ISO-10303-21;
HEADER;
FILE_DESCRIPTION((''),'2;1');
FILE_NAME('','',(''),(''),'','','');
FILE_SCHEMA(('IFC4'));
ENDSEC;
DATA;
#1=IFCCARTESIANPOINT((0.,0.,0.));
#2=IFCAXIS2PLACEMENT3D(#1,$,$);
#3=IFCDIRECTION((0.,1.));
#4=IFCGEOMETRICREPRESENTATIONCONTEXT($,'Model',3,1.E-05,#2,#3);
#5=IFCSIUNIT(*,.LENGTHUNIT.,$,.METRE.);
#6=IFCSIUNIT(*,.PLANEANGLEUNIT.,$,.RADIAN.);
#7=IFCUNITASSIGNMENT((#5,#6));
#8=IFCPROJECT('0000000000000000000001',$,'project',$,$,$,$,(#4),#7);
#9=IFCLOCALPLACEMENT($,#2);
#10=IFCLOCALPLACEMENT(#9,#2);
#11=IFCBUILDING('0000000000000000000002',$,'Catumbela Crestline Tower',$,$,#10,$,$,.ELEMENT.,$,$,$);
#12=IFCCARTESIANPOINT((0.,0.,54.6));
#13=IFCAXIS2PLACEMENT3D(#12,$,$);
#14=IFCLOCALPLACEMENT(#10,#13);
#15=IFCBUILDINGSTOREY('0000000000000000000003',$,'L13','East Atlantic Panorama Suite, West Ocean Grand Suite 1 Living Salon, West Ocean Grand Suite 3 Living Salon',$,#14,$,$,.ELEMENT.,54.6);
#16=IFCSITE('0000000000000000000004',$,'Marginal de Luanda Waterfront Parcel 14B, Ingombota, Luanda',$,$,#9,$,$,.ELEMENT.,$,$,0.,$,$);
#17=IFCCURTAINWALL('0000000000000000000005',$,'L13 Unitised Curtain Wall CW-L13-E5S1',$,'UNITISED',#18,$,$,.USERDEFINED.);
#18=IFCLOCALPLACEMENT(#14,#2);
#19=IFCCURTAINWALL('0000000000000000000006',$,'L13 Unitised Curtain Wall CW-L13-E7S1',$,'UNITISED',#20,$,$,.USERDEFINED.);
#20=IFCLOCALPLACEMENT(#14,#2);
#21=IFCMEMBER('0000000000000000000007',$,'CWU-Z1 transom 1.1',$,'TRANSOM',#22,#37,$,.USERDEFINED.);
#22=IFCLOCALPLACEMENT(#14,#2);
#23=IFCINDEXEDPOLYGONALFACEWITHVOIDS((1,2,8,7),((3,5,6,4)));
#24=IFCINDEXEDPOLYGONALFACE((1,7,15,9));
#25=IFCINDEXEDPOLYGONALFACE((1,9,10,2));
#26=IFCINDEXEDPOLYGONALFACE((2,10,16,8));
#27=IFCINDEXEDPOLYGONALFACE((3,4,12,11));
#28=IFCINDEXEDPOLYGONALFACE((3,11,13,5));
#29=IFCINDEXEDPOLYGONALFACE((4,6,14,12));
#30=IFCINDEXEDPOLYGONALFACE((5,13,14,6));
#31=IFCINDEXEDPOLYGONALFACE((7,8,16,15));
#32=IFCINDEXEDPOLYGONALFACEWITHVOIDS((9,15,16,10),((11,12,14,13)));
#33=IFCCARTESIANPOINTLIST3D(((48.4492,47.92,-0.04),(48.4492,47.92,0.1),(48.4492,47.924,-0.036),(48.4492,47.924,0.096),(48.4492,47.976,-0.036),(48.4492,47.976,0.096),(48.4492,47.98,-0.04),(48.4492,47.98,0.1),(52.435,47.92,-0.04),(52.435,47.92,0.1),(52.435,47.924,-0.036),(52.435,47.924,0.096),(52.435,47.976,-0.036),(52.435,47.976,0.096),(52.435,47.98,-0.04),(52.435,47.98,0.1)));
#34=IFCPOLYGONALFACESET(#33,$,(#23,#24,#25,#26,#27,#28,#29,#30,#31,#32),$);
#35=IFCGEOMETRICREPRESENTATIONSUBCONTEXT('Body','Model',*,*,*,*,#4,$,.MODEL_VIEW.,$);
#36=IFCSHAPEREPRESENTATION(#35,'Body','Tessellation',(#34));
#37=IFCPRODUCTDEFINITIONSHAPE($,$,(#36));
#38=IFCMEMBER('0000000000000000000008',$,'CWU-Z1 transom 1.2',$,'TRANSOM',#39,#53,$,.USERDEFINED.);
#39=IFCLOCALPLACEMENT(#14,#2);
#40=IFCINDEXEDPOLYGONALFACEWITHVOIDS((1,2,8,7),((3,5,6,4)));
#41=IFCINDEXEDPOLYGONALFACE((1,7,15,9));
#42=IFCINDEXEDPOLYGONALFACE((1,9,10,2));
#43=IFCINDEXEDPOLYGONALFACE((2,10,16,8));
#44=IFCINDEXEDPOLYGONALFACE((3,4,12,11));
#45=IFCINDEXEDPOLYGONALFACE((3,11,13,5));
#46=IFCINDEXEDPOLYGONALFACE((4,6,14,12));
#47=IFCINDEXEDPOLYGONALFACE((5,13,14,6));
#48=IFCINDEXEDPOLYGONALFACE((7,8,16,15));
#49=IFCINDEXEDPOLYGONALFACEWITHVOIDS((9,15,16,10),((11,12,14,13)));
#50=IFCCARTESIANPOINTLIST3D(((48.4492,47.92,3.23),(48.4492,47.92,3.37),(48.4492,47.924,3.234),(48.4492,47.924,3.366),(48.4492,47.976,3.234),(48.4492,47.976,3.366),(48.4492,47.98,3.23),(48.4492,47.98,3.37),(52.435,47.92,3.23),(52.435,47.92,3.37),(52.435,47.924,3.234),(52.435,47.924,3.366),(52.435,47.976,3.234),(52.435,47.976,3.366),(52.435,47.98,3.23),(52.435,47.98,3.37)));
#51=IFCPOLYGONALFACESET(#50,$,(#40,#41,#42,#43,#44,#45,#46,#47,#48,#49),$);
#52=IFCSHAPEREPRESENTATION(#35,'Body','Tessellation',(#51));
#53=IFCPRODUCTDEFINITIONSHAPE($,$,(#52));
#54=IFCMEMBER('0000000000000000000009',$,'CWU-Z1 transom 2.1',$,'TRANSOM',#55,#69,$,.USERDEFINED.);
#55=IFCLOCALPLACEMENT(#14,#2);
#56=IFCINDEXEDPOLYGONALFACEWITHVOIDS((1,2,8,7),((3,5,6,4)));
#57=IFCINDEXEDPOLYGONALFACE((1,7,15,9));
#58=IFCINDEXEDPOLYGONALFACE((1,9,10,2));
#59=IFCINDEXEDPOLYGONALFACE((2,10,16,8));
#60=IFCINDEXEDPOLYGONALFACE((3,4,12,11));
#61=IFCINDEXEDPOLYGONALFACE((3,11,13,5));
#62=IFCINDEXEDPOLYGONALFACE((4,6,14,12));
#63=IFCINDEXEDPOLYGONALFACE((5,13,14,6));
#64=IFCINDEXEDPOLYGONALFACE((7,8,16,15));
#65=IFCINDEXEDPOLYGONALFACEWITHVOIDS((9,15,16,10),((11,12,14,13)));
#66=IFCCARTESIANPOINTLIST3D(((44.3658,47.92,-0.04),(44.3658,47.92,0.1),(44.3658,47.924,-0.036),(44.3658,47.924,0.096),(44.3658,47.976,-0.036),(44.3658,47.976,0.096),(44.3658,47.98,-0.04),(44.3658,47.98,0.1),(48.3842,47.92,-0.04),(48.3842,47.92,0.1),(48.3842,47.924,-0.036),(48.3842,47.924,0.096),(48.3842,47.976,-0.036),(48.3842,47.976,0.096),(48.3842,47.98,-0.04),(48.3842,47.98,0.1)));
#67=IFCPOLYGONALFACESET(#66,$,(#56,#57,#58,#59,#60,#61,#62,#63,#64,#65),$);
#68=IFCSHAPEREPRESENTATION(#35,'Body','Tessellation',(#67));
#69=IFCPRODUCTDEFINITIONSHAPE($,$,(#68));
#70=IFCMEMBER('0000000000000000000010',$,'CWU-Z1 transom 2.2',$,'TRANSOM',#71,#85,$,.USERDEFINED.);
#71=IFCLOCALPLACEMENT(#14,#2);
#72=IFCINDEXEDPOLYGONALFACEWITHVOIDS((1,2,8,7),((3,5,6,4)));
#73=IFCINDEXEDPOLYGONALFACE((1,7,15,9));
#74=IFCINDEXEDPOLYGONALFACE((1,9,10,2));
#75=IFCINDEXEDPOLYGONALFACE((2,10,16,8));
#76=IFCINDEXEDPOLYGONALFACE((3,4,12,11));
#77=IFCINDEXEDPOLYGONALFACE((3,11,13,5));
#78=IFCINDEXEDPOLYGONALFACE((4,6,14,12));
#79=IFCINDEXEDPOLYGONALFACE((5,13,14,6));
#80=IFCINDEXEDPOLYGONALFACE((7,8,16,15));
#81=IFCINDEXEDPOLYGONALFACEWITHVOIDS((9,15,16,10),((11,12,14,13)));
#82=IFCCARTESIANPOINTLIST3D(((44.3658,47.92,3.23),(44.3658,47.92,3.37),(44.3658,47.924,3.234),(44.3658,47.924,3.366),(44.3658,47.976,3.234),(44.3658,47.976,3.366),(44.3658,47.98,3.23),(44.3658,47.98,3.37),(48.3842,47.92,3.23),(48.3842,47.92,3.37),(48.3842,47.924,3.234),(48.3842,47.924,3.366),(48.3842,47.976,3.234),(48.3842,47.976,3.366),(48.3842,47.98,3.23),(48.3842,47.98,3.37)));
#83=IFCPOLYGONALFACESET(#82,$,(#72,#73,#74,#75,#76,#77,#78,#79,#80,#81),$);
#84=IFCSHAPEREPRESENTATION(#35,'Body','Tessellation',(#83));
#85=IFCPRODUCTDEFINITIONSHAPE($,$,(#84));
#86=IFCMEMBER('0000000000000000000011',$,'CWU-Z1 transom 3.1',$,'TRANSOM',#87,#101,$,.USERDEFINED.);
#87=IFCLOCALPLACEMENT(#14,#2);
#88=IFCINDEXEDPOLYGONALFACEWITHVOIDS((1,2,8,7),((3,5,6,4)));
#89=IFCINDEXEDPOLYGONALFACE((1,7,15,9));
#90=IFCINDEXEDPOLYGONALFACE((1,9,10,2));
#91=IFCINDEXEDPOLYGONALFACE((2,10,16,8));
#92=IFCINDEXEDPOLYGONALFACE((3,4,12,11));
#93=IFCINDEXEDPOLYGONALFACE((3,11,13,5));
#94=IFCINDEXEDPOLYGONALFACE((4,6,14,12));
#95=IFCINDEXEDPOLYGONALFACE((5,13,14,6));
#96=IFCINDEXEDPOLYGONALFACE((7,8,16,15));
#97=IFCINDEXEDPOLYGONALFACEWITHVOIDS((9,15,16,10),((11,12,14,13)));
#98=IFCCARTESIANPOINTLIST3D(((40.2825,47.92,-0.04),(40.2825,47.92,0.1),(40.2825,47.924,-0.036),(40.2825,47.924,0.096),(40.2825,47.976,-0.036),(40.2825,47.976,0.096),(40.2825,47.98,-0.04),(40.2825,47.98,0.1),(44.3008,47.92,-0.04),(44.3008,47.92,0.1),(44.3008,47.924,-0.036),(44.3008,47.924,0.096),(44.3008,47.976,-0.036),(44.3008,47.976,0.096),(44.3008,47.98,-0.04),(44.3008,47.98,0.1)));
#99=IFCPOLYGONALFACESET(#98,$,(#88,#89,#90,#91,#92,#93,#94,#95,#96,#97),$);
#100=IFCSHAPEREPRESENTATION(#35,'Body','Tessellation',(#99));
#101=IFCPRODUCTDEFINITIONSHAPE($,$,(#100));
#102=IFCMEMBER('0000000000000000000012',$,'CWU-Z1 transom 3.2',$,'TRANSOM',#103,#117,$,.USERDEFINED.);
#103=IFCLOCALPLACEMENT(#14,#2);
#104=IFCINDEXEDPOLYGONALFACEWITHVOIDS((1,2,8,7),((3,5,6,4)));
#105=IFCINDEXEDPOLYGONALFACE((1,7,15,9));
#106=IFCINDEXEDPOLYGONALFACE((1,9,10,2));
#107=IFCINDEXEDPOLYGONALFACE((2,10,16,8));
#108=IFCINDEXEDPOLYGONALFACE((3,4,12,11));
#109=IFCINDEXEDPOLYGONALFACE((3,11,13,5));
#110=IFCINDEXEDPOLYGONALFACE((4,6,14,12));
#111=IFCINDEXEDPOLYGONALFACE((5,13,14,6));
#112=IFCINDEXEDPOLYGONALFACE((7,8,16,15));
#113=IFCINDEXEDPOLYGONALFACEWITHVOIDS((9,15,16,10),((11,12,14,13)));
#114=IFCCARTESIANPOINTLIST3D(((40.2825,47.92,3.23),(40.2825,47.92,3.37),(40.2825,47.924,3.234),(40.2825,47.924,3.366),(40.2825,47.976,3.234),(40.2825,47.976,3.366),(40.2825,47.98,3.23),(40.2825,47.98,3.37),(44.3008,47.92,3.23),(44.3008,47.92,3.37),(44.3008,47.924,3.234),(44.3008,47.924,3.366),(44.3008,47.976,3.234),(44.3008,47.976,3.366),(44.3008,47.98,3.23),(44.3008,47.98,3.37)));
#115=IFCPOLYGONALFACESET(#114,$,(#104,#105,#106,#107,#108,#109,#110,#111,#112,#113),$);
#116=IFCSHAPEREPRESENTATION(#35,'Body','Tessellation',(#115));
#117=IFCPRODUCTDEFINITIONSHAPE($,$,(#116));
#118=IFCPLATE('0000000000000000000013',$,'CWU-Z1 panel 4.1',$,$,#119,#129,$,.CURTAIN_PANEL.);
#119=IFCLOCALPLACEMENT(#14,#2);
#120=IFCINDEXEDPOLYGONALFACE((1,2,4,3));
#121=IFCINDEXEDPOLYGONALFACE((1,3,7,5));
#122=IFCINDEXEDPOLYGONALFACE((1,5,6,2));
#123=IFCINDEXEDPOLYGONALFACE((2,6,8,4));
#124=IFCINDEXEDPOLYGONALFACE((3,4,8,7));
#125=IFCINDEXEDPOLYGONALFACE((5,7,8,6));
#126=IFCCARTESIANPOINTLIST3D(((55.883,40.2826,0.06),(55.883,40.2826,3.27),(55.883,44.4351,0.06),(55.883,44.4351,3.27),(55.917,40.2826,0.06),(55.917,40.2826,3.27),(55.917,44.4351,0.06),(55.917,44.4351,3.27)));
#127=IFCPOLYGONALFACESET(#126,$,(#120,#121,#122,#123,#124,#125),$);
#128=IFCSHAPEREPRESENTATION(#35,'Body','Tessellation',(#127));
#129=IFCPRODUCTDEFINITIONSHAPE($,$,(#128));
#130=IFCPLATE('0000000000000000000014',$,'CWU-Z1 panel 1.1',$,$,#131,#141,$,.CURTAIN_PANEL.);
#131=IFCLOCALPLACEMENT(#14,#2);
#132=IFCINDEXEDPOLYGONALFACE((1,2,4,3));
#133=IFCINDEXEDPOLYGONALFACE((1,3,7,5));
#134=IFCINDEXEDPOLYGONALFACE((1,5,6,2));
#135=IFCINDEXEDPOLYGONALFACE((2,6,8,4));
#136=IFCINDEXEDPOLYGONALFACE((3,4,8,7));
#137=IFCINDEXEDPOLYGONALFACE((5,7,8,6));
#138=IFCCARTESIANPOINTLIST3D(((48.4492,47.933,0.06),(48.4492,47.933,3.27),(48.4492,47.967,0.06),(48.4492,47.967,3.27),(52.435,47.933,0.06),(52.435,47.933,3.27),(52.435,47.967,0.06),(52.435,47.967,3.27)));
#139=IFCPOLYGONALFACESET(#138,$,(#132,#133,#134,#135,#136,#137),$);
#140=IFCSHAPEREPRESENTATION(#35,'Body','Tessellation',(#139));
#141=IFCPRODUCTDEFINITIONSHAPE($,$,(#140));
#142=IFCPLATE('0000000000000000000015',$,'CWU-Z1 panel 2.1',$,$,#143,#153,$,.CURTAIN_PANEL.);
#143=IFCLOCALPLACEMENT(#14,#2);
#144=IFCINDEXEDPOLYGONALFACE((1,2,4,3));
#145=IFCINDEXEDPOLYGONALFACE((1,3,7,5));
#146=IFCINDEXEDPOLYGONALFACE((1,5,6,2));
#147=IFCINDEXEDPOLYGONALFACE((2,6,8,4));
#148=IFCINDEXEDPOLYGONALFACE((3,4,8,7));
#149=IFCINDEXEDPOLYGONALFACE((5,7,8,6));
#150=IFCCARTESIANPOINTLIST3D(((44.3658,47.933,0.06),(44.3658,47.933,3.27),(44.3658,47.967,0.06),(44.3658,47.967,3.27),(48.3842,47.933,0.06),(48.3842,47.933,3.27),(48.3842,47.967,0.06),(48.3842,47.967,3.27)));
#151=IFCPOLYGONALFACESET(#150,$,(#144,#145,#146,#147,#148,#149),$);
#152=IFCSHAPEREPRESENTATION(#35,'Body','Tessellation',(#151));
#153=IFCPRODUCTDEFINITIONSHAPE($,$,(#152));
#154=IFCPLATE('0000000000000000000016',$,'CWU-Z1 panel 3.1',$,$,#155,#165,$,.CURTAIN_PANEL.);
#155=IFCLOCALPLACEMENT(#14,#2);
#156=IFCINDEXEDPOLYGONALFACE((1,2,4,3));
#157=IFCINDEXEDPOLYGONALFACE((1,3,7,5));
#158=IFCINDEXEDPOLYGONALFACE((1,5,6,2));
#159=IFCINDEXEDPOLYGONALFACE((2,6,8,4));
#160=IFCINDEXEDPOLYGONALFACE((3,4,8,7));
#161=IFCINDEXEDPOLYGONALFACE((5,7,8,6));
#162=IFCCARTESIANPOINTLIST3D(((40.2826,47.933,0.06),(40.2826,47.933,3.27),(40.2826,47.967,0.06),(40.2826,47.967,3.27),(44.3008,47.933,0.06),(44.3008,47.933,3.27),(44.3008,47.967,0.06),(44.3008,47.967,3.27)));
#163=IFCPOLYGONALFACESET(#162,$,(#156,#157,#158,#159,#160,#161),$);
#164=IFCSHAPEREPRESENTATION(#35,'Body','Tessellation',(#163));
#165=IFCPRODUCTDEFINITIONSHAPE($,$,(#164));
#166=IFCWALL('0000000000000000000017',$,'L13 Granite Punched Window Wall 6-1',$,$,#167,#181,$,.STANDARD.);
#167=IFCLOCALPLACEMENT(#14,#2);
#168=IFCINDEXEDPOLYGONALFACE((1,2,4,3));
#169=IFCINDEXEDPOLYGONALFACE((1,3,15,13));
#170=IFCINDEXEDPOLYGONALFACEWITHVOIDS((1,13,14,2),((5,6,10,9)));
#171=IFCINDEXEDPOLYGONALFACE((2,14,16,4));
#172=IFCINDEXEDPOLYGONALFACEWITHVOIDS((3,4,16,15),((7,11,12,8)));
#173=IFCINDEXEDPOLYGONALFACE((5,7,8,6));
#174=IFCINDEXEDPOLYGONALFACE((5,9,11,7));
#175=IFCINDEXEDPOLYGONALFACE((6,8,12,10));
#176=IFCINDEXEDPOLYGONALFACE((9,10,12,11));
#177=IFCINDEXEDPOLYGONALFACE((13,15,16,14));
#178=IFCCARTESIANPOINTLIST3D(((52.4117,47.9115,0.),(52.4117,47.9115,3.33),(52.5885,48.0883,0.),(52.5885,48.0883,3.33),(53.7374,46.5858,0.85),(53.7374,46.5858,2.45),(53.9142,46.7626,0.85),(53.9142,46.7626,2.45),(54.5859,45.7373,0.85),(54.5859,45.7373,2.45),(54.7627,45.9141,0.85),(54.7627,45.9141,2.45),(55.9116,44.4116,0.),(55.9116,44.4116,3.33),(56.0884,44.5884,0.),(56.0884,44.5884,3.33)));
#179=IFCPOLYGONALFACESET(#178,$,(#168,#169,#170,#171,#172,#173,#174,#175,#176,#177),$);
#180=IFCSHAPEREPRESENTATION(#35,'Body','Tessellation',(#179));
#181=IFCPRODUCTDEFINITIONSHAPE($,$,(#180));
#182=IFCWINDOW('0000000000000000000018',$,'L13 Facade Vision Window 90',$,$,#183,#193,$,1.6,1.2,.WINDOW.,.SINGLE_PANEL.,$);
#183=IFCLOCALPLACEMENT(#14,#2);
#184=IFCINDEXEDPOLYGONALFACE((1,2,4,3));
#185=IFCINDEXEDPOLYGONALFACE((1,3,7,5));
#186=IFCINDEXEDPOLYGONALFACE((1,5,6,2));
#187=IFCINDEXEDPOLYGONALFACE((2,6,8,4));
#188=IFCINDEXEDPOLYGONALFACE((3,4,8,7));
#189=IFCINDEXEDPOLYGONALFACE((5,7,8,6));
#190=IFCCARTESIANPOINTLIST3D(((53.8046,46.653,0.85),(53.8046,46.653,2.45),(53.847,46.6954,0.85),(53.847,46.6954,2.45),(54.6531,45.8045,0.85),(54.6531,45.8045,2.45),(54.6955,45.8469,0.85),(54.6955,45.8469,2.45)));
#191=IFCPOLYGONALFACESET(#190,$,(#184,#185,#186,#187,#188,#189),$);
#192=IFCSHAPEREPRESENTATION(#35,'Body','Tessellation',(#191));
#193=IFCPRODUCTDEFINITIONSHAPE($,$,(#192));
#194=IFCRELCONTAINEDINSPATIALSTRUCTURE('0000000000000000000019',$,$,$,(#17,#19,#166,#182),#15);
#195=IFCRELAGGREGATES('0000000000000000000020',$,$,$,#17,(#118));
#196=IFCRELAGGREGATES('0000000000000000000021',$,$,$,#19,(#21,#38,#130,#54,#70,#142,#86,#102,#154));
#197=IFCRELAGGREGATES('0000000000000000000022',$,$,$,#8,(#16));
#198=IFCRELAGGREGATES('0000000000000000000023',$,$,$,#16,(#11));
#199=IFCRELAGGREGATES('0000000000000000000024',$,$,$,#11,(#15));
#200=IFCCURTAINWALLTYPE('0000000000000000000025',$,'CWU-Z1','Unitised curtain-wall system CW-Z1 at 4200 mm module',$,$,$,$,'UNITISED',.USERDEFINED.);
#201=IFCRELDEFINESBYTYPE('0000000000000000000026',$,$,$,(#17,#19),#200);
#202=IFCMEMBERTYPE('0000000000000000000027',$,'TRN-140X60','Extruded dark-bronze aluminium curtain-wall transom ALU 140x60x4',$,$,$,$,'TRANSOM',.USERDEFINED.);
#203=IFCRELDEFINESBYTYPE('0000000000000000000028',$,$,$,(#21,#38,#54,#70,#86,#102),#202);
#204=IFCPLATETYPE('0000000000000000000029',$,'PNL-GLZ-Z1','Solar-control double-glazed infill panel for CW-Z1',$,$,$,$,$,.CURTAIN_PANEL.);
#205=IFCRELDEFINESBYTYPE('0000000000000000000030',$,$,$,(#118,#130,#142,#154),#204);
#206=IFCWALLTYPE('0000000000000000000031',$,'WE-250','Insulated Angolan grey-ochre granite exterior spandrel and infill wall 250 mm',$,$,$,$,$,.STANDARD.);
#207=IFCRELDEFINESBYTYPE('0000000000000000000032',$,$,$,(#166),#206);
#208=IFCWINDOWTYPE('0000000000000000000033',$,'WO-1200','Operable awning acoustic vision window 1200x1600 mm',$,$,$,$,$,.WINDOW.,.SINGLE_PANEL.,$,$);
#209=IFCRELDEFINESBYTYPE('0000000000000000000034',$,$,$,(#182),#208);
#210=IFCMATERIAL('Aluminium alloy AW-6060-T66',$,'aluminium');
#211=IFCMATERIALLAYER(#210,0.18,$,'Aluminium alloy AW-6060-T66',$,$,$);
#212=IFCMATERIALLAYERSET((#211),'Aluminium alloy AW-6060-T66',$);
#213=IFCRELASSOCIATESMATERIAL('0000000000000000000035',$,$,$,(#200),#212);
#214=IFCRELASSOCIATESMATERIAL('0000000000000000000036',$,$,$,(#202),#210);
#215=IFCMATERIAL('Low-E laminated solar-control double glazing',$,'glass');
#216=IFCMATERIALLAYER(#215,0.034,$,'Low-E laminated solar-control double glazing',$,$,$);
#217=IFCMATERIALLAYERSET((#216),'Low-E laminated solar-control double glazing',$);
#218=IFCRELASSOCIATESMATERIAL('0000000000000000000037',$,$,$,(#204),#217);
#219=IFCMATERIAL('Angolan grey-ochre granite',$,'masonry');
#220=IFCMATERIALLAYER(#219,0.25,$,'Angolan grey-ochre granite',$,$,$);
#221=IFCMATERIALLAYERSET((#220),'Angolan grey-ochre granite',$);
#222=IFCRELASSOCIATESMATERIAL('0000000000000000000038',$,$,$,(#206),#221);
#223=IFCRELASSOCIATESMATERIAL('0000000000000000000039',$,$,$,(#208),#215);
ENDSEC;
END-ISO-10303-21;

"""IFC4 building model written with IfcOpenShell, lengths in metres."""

from ifc_helpers import new_model, si_unit, direction, frame, frame_2d, origin, origin_2d, place, context, subcontext, project, spatial, rectangle, hollow_rectangle, extrude, material, layer, layer_set, material_profile, profile_set, type_object, element, fill, aggregate, save


model = new_model("IFC4")

# Units and contexts
model_context = context("Model", 3, precision=1e-05, world=origin(), true_north=direction((0.0, 1.0)))
body_context = subcontext(model_context, "Body", "Model", "MODEL_VIEW")
ifc_project = project(units=[si_unit("LENGTHUNIT", "METRE"), si_unit("PLANEANGLEUNIT", "RADIAN")], contexts=[model_context])

# Site, building, storey
site_placement = place(None, origin())
site = spatial("IfcSite", under=ifc_project, at=site_placement, Name="Marginal de Luanda Waterfront Parcel 14B, Ingombota, Luanda", CompositionType="ELEMENT", RefElevation=0.0)
building_placement = place(site_placement, origin())
building = spatial("IfcBuilding", under=site, at=building_placement, Name="Catumbela Crestline Tower", CompositionType="ELEMENT")
storey_placement = place(building_placement, frame((0.0, 0.0, 54.6)))
storey = spatial("IfcBuildingStorey", under=building, at=storey_placement, Name="L13", Description="East Atlantic Panorama Suite, West Ocean Grand Suite 1 Living Salon, West Ocean Grand Suite 3 Living Salon", CompositionType="ELEMENT", Elevation=54.6)

# Curtain walls
ifc_material_1 = material(Name="Aluminium alloy AW-6060-T66", Category="aluminium")
ifc_layer_1 = layer(ifc_material_1, 0.18, Name="Aluminium alloy AW-6060-T66")
ifc_layer_set_1 = layer_set([ifc_layer_1], Name="Aluminium alloy AW-6060-T66")
curtain_wall_type = type_object("IfcCurtainWallType", Name="CWU-Z1", Description="Unitised curtain-wall system CW-Z1 at 4200 mm module", ElementType="UNITISED", PredefinedType="USERDEFINED", material=ifc_layer_set_1)
curtain_wall_1_placement = place(storey_placement, origin())
curtain_wall_1 = element("IfcCurtainWall", 1, at=curtain_wall_1_placement, inside=storey, type_object=curtain_wall_type, Name="L13 Unitised Curtain Wall CW-L13-E5S1", ObjectType="UNITISED", PredefinedType="USERDEFINED")
curtain_wall_2_placement = place(storey_placement, origin())
curtain_wall_2 = element("IfcCurtainWall", 2, at=curtain_wall_2_placement, inside=storey, type_object=curtain_wall_type, Name="L13 Unitised Curtain Wall CW-L13-E7S1", ObjectType="UNITISED", PredefinedType="USERDEFINED")

# Members
ifc_material_profile_1 = material_profile(ifc_material_1, hollow_rectangle(XDim=0.06, YDim=0.14, WallThickness=0.004, at=origin_2d()), Name="ALU 140x60x4")
ifc_profile_set_1 = profile_set([ifc_material_profile_1], Name="Aluminium alloy AW-6060-T66")
member_type_1 = type_object("IfcMemberType", Name="TRN-140X60", Description="Extruded dark-bronze aluminium curtain-wall transom ALU 140x60x4", ElementType="TRANSOM", PredefinedType="USERDEFINED", material=ifc_profile_set_1)
member_1_placement = place(storey_placement, frame((52.435, 47.95, 0.03), z_axis=(-1.0, 0.0, 0.0), x_axis=(0.0, -1.0, 0.0)))
member_1 = element("IfcMember", 3, at=member_1_placement, type_object=member_type_1, Name="CWU-Z1 transom 1.1", ObjectType="TRANSOM", PredefinedType="USERDEFINED", context=body_context, shape_type="SweptSolid", body=[
    extrude(hollow_rectangle(XDim=0.06, YDim=0.14, WallThickness=0.004, at=origin_2d()), origin(), (0.0, 0.0, 1.0), 3.9858),
])
member_2_placement = place(storey_placement, frame((52.435, 47.95, 3.3), z_axis=(-1.0, 0.0, 0.0), x_axis=(0.0, -1.0, 0.0)))
member_2 = element("IfcMember", 4, at=member_2_placement, type_object=member_type_1, Name="CWU-Z1 transom 1.2", ObjectType="TRANSOM", PredefinedType="USERDEFINED", context=body_context, shape_type="SweptSolid", body=[
    extrude(hollow_rectangle(XDim=0.06, YDim=0.14, WallThickness=0.004, at=origin_2d()), origin(), (0.0, 0.0, 1.0), 3.9858),
])
member_3_placement = place(storey_placement, frame((48.3842, 47.95, 0.03), z_axis=(-1.0, 0.0, 0.0), x_axis=(0.0, -1.0, 0.0)))
member_3 = element("IfcMember", 5, at=member_3_placement, type_object=member_type_1, Name="CWU-Z1 transom 2.1", ObjectType="TRANSOM", PredefinedType="USERDEFINED", context=body_context, shape_type="SweptSolid", body=[
    extrude(hollow_rectangle(XDim=0.06, YDim=0.14, WallThickness=0.004, at=origin_2d()), origin(), (0.0, 0.0, 1.0), 4.0184),
])
member_4_placement = place(storey_placement, frame((48.3842, 47.95, 3.3), z_axis=(-1.0, 0.0, 0.0), x_axis=(0.0, -1.0, 0.0)))
member_4 = element("IfcMember", 6, at=member_4_placement, type_object=member_type_1, Name="CWU-Z1 transom 2.2", ObjectType="TRANSOM", PredefinedType="USERDEFINED", context=body_context, shape_type="SweptSolid", body=[
    extrude(hollow_rectangle(XDim=0.06, YDim=0.14, WallThickness=0.004, at=origin_2d()), origin(), (0.0, 0.0, 1.0), 4.0184),
])
member_5_placement = place(storey_placement, frame((44.3008, 47.95, 0.03), z_axis=(-1.0, 0.0, 0.0), x_axis=(0.0, -1.0, 0.0)))
member_5 = element("IfcMember", 7, at=member_5_placement, type_object=member_type_1, Name="CWU-Z1 transom 3.1", ObjectType="TRANSOM", PredefinedType="USERDEFINED", context=body_context, shape_type="SweptSolid", body=[
    extrude(hollow_rectangle(XDim=0.06, YDim=0.14, WallThickness=0.004, at=origin_2d()), origin(), (0.0, 0.0, 1.0), 4.0183),
])
member_6_placement = place(storey_placement, frame((44.3008, 47.95, 3.3), z_axis=(-1.0, 0.0, 0.0), x_axis=(0.0, -1.0, 0.0)))
member_6 = element("IfcMember", 8, at=member_6_placement, type_object=member_type_1, Name="CWU-Z1 transom 3.2", ObjectType="TRANSOM", PredefinedType="USERDEFINED", context=body_context, shape_type="SweptSolid", body=[
    extrude(hollow_rectangle(XDim=0.06, YDim=0.14, WallThickness=0.004, at=origin_2d()), origin(), (0.0, 0.0, 1.0), 4.0183),
])

# Plates
ifc_material_2 = material(Name="Low-E laminated solar-control double glazing", Category="glass")
ifc_layer_2 = layer(ifc_material_2, 0.034, Name="Low-E laminated solar-control double glazing")
ifc_layer_set_2 = layer_set([ifc_layer_2], Name="Low-E laminated solar-control double glazing")
plate_type = type_object("IfcPlateType", Name="PNL-GLZ-Z1", Description="Solar-control double-glazed infill panel for CW-Z1", PredefinedType="CURTAIN_PANEL", material=ifc_layer_set_2)
plate_1_placement = place(storey_placement, frame((55.9, 42.3588, 0.06), z_axis=(0.0, 0.0, 1.0), x_axis=(0.0, 1.0, 0.0)))
plate_1 = element("IfcPlate", 9, at=plate_1_placement, type_object=plate_type, Name="CWU-Z1 panel 4.1", PredefinedType="CURTAIN_PANEL", context=body_context, shape_type="SweptSolid", body=[
    extrude(rectangle(XDim=4.1525, YDim=0.034, at=origin_2d()), origin(), (0.0, 0.0, 1.0), 3.21),
])
aggregate(curtain_wall_1, [plate_1])
plate_2_placement = place(storey_placement, frame((50.4421, 47.95, 0.06), z_axis=(0.0, 0.0, 1.0), x_axis=(-1.0, 0.0, 0.0)))
plate_2 = element("IfcPlate", 10, at=plate_2_placement, type_object=plate_type, Name="CWU-Z1 panel 1.1", PredefinedType="CURTAIN_PANEL", context=body_context, shape_type="SweptSolid", body=[
    extrude(rectangle(XDim=3.9858, YDim=0.034, at=origin_2d()), origin(), (0.0, 0.0, 1.0), 3.21),
])
plate_3_placement = place(storey_placement, frame((46.375, 47.95, 0.06), z_axis=(0.0, 0.0, 1.0), x_axis=(-1.0, 0.0, 0.0)))
plate_3 = element("IfcPlate", 11, at=plate_3_placement, type_object=plate_type, Name="CWU-Z1 panel 2.1", PredefinedType="CURTAIN_PANEL", context=body_context, shape_type="SweptSolid", body=[
    extrude(rectangle(XDim=4.0183, YDim=0.034, at=origin_2d()), origin(), (0.0, 0.0, 1.0), 3.21),
])
plate_4_placement = place(storey_placement, frame((42.2917, 47.95, 0.06), z_axis=(0.0, 0.0, 1.0), x_axis=(-1.0, 0.0, 0.0)))
plate_4 = element("IfcPlate", 12, at=plate_4_placement, type_object=plate_type, Name="CWU-Z1 panel 3.1", PredefinedType="CURTAIN_PANEL", context=body_context, shape_type="SweptSolid", body=[
    extrude(rectangle(XDim=4.0183, YDim=0.034, at=origin_2d()), origin(), (0.0, 0.0, 1.0), 3.21),
])
aggregate(curtain_wall_2, [member_1, member_2, plate_2, member_3, member_4, plate_3, member_5, member_6, plate_4])

# Wall, opening, window
ifc_material_3 = material(Name="Angolan grey-ochre granite", Category="masonry")
ifc_layer_3 = layer(ifc_material_3, 0.25, Name="Angolan grey-ochre granite")
ifc_layer_set_3 = layer_set([ifc_layer_3], Name="Angolan grey-ochre granite")
wall_type = type_object("IfcWallType", Name="WE-250", Description="Insulated Angolan grey-ochre granite exterior spandrel and infill wall 250 mm", PredefinedType="STANDARD", material=ifc_layer_set_3)
wall_placement = place(storey_placement, frame((56.0, 44.5, 0.0), z_axis=(0.0, 0.0, 1.0), x_axis=(-0.707107, 0.707107, 0.0)))
wall = element("IfcWall", 13, at=wall_placement, inside=storey, type_object=wall_type, Name="L13 Granite Punched Window Wall 6-1", PredefinedType="STANDARD", context=body_context, shape_type="SweptSolid", body=[
    extrude(rectangle(XDim=4.9497, YDim=0.25, at=frame_2d((2.4748, 0.0))), origin(), (0.0, 0.0, 1.0), 3.33),
])
opening_placement = place(wall_placement, frame((1.8748, 0.0, 0.85)))
opening = element("IfcOpeningElement", 14, at=opening_placement, cuts=wall, PredefinedType="OPENING", context=body_context, shape_type="SweptSolid", body=[
    extrude(rectangle(XDim=1.2, YDim=1.6, at=frame_2d((0.6, 0.8))), frame((0.0, 0.135, 0.0), z_axis=(0.0, -1.0, 0.0), x_axis=(1.0, 0.0, 0.0)), (0.0, 0.0, 1.0), 0.27),
])
window_type = type_object("IfcWindowType", Name="WO-1200", Description="Operable awning acoustic vision window 1200x1600 mm", PartitioningType="SINGLE_PANEL", PredefinedType="WINDOW", material=ifc_material_2)
window_placement = place(opening_placement, origin())
window = element("IfcWindow", 15, at=window_placement, inside=storey, type_object=window_type, Name="L13 Facade Vision Window 90", OverallHeight=1.6, OverallWidth=1.2, PartitioningType="SINGLE_PANEL", PredefinedType="WINDOW", context=body_context, shape_type="SweptSolid", body=[
    extrude(rectangle(XDim=1.2, YDim=1.6, at=frame_2d((0.6, 0.8))), frame((0.0, 0.03, 0.0), z_axis=(0.0, -1.0, 0.0), x_axis=(1.0, 0.0, 0.0)), (0.0, 0.0, 1.0), 0.06),
])
fill(opening, window)

save(model, "model.ifc")
